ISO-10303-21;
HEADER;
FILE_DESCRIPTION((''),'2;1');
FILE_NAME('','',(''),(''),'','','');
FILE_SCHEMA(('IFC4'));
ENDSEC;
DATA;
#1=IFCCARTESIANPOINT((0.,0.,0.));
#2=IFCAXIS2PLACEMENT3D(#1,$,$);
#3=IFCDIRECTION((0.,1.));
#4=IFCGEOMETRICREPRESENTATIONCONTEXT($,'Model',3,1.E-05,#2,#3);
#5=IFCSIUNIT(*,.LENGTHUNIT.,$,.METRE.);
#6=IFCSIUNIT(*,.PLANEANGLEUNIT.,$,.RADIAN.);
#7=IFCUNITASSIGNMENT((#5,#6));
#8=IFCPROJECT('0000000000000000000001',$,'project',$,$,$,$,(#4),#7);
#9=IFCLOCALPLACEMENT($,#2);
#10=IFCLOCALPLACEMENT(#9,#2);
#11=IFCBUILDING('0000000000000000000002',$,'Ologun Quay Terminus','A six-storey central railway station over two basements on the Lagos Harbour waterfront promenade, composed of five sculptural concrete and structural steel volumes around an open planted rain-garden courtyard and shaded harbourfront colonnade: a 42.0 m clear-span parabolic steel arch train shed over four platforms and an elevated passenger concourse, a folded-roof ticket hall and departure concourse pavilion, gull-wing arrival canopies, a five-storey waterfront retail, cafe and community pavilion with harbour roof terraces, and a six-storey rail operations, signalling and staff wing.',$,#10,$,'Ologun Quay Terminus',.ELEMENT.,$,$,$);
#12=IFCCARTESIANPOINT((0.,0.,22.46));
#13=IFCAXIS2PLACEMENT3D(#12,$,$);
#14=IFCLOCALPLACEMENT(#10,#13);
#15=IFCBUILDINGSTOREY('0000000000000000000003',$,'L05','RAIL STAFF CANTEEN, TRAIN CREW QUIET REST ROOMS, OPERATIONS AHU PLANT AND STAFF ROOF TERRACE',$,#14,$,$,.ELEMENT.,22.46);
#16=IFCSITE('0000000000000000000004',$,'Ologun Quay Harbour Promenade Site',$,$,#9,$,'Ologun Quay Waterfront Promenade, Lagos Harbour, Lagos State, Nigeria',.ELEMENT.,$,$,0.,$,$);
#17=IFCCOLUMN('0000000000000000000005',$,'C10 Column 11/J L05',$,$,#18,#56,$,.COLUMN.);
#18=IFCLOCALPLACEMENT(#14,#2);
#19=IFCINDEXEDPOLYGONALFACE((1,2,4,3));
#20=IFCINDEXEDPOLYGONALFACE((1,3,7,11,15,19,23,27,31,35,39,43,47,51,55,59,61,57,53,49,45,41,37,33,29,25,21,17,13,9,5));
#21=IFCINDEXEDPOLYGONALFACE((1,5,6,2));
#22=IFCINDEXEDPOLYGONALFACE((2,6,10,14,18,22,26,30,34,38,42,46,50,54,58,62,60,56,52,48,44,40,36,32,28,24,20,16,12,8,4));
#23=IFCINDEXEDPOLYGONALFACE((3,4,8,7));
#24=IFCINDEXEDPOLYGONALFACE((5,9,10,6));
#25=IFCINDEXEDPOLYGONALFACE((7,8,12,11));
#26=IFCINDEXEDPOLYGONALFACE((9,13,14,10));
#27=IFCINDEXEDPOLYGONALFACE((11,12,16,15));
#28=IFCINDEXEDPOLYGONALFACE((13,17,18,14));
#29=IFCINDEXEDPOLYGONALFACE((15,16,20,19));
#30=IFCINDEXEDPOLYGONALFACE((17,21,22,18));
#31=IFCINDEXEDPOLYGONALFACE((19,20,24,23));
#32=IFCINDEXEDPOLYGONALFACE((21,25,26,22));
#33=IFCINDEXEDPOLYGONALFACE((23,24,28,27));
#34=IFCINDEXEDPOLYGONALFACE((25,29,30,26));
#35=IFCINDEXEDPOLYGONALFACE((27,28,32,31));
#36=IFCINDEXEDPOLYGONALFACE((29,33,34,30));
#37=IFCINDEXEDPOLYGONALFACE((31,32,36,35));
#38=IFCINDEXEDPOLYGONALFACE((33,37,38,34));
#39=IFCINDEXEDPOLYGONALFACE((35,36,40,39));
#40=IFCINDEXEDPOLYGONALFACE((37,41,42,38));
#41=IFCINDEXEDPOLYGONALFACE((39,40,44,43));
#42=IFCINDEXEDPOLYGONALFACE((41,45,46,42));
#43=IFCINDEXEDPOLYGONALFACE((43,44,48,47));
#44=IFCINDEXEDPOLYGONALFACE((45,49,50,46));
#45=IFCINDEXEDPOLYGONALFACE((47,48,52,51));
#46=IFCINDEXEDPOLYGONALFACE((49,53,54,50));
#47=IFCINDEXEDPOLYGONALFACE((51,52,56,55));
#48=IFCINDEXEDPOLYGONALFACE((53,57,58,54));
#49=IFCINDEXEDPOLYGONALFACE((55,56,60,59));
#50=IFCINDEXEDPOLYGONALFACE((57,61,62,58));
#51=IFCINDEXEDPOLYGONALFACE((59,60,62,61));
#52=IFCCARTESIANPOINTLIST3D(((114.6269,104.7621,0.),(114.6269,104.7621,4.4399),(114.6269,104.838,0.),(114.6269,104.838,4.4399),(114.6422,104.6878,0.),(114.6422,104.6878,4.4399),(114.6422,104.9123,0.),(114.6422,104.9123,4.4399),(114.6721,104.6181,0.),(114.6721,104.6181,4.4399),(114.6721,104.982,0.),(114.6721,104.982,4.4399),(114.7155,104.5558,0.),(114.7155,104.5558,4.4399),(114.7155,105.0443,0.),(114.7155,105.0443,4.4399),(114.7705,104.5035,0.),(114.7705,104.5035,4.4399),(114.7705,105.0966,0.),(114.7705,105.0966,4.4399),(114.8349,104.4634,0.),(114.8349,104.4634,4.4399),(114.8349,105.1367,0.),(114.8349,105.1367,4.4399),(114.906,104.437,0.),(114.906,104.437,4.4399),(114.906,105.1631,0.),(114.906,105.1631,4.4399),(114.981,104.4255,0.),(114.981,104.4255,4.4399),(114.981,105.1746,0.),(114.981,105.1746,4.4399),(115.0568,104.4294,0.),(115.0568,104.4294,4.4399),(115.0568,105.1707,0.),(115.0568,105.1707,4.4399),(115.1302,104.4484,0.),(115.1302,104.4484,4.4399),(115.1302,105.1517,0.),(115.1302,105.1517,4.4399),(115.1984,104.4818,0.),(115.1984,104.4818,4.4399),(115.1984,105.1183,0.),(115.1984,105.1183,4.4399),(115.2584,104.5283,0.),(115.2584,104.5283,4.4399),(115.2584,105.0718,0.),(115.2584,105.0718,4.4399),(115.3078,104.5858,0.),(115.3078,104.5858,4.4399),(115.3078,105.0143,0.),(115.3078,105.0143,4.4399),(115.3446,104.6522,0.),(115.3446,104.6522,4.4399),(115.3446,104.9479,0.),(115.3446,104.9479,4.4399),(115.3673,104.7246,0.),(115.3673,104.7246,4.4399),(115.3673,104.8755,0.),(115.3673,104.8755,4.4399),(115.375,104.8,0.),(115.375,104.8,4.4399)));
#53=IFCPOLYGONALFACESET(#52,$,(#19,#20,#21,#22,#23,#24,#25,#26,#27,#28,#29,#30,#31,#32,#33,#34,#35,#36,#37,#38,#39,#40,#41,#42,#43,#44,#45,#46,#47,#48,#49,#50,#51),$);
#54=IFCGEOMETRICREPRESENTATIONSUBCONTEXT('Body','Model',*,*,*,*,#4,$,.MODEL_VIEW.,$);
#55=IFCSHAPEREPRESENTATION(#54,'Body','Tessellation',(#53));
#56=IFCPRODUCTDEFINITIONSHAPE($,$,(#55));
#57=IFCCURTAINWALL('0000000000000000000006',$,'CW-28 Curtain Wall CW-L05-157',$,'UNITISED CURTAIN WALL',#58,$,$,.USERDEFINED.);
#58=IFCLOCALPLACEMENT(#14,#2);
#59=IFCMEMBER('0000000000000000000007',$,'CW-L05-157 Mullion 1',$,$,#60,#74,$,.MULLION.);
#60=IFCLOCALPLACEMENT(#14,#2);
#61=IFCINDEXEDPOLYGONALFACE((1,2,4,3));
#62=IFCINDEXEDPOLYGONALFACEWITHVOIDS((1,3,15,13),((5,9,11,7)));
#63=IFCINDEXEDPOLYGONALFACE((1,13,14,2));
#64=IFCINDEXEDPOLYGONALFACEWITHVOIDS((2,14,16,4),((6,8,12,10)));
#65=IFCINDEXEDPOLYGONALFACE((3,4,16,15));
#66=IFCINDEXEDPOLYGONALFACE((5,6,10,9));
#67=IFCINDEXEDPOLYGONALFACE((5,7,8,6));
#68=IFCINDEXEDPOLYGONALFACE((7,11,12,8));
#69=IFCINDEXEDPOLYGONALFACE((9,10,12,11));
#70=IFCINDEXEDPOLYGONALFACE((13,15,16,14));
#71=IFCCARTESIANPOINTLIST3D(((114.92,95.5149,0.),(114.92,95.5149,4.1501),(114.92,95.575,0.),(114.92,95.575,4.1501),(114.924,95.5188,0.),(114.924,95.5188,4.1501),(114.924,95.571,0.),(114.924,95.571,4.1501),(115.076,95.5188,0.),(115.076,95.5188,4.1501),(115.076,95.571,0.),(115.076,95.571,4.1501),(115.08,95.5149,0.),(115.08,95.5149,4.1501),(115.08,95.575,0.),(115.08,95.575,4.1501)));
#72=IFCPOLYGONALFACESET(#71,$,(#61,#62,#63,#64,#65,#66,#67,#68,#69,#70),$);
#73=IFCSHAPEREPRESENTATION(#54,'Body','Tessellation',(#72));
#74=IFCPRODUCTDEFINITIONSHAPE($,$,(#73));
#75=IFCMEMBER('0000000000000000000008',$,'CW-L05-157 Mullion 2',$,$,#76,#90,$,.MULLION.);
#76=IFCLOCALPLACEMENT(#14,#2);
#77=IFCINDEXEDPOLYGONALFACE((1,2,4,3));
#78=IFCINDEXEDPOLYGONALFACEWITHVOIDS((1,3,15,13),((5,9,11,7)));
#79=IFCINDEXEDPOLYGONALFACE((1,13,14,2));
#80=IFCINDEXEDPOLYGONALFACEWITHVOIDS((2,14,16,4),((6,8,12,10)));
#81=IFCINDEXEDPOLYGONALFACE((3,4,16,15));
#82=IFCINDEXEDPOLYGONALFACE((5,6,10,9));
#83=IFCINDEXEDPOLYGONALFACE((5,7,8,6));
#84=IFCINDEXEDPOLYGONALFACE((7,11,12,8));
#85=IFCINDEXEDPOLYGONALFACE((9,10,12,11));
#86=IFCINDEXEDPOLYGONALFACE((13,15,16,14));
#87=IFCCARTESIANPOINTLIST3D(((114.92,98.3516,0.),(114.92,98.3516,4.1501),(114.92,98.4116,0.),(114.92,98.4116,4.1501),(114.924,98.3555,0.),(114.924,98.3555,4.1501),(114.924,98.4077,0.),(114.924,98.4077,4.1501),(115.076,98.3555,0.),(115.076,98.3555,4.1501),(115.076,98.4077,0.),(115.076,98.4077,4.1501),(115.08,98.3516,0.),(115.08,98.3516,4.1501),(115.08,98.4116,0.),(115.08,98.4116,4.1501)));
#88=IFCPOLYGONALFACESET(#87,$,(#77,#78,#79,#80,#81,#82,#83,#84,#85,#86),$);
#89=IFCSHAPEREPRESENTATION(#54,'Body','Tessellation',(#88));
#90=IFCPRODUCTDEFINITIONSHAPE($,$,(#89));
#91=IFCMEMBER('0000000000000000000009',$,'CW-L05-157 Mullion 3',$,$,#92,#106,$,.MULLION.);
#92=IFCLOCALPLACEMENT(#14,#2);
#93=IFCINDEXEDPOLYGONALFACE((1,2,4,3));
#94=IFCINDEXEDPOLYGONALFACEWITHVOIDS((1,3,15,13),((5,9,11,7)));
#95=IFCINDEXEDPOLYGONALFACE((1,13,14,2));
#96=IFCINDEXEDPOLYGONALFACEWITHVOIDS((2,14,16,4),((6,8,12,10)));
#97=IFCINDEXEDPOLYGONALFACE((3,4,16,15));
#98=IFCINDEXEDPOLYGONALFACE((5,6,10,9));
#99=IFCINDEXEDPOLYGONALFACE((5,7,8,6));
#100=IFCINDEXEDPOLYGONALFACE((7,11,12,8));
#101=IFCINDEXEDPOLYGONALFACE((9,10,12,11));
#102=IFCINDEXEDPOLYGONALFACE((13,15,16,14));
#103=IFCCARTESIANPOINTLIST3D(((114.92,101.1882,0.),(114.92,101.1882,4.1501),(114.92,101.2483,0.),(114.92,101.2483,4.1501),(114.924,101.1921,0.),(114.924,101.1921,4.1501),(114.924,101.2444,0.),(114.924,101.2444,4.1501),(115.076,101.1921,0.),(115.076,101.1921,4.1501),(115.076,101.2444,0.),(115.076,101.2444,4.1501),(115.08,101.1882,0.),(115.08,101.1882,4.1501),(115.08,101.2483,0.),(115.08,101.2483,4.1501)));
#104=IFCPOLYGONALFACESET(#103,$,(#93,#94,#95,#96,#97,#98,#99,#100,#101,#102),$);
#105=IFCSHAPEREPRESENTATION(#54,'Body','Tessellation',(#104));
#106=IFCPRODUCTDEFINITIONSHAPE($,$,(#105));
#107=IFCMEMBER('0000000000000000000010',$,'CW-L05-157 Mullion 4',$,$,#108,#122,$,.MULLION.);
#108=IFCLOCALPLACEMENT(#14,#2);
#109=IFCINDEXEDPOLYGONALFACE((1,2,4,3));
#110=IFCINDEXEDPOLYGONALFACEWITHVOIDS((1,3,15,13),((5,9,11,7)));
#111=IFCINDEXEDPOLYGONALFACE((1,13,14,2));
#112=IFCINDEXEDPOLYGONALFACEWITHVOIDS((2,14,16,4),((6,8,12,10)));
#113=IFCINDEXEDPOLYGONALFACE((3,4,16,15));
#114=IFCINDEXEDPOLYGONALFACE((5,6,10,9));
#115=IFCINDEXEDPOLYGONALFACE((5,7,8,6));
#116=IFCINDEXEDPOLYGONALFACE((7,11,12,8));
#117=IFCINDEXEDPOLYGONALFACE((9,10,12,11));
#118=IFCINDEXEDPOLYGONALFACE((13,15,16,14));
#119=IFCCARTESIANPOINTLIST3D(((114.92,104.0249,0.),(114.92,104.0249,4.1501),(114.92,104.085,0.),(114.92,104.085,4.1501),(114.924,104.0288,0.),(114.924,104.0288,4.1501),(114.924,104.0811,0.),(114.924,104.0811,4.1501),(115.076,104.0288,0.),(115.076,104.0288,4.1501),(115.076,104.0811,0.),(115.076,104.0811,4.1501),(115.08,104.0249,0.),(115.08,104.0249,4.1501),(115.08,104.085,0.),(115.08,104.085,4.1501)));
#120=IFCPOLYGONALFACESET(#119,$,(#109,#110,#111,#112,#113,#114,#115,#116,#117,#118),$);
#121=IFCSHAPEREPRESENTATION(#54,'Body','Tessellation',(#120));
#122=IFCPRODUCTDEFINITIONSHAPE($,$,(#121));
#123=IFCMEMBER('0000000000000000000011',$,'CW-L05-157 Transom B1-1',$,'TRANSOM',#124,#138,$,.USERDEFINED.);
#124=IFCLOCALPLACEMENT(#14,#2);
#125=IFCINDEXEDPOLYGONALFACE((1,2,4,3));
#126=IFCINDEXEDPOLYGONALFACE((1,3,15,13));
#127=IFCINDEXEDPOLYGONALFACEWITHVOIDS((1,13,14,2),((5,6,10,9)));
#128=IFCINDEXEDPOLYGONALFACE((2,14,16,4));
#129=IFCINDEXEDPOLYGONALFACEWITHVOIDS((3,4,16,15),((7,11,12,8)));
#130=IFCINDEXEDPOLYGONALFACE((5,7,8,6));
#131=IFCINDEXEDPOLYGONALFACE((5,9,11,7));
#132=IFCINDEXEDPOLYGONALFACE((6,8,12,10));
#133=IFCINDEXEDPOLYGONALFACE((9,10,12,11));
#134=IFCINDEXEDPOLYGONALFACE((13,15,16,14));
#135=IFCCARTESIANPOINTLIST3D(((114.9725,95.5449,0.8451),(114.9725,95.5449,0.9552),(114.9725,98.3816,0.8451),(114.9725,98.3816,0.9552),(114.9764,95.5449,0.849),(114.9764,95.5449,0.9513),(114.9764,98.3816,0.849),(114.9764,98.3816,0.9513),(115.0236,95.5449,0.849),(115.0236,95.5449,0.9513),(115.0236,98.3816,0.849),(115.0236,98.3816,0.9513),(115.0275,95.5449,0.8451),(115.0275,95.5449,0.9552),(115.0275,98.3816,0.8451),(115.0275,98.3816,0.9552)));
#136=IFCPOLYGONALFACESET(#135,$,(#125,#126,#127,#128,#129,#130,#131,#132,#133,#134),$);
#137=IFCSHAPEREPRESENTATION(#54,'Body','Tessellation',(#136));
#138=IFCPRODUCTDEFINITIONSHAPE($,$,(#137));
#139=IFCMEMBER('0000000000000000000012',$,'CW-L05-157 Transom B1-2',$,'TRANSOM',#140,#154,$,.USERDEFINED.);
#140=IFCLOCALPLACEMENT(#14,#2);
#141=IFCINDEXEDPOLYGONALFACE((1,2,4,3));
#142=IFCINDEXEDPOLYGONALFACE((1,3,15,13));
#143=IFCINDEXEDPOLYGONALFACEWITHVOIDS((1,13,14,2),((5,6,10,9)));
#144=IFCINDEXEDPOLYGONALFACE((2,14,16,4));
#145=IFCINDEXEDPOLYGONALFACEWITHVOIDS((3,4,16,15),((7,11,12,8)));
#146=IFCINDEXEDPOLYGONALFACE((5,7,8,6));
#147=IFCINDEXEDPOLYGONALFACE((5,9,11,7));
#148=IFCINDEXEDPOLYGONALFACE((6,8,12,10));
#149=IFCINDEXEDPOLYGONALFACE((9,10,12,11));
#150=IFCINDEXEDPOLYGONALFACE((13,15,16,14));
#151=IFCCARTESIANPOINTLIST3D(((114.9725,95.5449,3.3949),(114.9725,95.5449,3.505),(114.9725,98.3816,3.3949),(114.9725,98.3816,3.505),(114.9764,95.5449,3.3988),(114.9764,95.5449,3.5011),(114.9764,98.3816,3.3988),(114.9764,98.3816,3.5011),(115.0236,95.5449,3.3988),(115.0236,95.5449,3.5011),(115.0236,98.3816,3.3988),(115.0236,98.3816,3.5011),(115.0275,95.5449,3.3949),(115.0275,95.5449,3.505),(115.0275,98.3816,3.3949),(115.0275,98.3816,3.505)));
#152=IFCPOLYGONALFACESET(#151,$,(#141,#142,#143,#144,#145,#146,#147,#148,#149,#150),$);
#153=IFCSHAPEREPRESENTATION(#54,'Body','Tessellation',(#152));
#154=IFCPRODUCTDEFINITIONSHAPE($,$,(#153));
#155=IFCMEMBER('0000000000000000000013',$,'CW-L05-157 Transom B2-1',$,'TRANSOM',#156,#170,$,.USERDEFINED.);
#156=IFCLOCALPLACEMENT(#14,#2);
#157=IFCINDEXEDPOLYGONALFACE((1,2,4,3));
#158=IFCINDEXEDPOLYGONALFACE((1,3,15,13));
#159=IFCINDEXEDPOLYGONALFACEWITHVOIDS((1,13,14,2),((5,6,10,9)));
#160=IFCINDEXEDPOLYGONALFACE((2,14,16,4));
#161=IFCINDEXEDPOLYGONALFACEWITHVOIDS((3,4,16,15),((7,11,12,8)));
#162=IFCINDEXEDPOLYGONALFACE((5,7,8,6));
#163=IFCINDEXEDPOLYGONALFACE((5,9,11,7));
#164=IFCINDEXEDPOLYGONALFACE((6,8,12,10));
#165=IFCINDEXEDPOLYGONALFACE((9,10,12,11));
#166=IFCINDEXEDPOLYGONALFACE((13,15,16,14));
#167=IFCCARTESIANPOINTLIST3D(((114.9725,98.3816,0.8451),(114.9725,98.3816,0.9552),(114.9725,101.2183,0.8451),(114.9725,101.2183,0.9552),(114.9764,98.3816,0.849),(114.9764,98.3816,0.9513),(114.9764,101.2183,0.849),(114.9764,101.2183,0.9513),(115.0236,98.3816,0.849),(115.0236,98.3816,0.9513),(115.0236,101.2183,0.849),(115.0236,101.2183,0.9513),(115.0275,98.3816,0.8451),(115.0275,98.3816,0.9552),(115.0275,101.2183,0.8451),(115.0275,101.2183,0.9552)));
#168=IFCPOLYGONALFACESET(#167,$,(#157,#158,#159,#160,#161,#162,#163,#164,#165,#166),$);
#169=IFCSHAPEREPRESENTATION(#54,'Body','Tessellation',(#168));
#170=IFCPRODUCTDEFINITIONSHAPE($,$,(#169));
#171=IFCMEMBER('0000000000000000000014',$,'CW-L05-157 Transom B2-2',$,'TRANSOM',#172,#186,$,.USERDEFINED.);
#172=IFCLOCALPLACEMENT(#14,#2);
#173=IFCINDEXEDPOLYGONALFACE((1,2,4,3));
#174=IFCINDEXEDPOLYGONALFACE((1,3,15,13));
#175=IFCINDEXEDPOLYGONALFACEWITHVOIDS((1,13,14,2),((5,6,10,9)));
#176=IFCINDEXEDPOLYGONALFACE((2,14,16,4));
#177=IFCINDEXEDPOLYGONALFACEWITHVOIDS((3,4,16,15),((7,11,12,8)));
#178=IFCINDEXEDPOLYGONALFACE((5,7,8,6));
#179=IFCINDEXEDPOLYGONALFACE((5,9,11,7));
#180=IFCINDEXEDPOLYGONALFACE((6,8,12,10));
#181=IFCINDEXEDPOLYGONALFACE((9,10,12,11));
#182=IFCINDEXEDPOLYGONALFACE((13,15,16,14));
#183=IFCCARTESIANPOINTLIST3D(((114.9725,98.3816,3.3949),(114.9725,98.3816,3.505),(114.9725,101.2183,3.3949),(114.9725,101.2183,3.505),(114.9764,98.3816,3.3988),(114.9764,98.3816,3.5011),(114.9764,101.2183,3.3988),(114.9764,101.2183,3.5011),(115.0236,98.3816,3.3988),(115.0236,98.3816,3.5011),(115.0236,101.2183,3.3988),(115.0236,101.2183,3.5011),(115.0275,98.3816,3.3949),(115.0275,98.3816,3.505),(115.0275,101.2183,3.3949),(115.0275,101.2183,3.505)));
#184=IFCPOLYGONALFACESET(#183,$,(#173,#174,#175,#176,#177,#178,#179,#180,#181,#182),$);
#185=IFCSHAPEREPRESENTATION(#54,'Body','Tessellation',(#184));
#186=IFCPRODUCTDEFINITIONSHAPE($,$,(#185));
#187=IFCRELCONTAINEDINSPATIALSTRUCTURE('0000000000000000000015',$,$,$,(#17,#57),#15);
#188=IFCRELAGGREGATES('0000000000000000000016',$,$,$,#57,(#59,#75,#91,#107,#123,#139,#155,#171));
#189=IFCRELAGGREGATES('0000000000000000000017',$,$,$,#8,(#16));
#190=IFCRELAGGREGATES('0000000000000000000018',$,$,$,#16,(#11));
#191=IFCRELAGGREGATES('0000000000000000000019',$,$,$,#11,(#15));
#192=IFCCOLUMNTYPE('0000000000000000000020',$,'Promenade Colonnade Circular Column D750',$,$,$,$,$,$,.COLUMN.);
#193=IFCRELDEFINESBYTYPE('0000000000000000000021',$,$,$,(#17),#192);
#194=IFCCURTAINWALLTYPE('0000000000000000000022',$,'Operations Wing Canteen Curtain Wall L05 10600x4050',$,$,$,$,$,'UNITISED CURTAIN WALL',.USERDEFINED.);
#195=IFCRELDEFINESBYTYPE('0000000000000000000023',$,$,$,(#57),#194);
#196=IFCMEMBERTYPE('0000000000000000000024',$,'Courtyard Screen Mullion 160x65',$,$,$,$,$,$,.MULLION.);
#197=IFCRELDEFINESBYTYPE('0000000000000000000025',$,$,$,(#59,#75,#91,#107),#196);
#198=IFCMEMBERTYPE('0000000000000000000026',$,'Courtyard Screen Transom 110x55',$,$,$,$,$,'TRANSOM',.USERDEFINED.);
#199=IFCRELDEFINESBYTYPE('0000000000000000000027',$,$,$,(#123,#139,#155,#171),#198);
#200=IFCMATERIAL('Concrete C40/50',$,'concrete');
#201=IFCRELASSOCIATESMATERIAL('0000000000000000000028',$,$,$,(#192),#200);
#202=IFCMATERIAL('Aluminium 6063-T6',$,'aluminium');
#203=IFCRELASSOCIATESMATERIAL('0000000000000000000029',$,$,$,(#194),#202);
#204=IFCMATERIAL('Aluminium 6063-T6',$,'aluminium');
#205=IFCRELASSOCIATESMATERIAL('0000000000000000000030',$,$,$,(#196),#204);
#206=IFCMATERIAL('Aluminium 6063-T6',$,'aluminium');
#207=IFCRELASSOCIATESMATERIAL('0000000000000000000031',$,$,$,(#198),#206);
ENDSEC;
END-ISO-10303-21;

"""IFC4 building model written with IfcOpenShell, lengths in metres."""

from ifc_helpers import new_model, si_unit, direction, frame, origin, origin_2d, place, context, subcontext, project, spatial, hollow_rectangle, circle, extrude, material, material_profile, profile_set, type_object, element, aggregate, save


model = new_model("IFC4")

# Units and contexts
model_context = context("Model", 3, precision=1e-05, world=origin(), true_north=direction((0.0, 1.0)))
body_context = subcontext(model_context, "Body", "Model", "MODEL_VIEW")
ifc_project = project(units=[si_unit("LENGTHUNIT", "METRE"), si_unit("PLANEANGLEUNIT", "RADIAN")], contexts=[model_context])

# Site, building, storey
site_placement = place(None, origin())
site = spatial("IfcSite", under=ifc_project, at=site_placement, Name="Ologun Quay Harbour Promenade Site", LongName="Ologun Quay Waterfront Promenade, Lagos Harbour, Lagos State, Nigeria", CompositionType="ELEMENT", RefElevation=0.0)
building_placement = place(site_placement, origin())
building = spatial("IfcBuilding", under=site, at=building_placement, Name="Ologun Quay Terminus", Description="A six-storey central railway station over two basements on the Lagos Harbour waterfront promenade, composed of five sculptural concrete and structural steel volumes around an open planted rain-garden courtyard and shaded harbourfront colonnade: a 42.0 m clear-span parabolic steel arch train shed over four platforms and an elevated passenger concourse, a folded-roof ticket hall and departure concourse pavilion, gull-wing arrival canopies, a five-storey waterfront retail, cafe and community pavilion with harbour roof terraces, and a six-storey rail operations, signalling and staff wing.", LongName="Ologun Quay Terminus", CompositionType="ELEMENT")
storey_placement = place(building_placement, frame((0.0, 0.0, 22.46)))
storey = spatial("IfcBuildingStorey", under=building, at=storey_placement, Name="L05", Description="RAIL STAFF CANTEEN, TRAIN CREW QUIET REST ROOMS, OPERATIONS AHU PLANT AND STAFF ROOF TERRACE", CompositionType="ELEMENT", Elevation=22.46)

# Column
ifc_material_1 = material(Name="Concrete C40/50", Category="concrete")
ifc_material_profile_1 = material_profile(ifc_material_1, circle(Radius=0.375, at=origin_2d()), Name="RC D750")
ifc_profile_set_1 = profile_set([ifc_material_profile_1], Name="Concrete C40/50")
column_type = type_object("IfcColumnType", Name="Promenade Colonnade Circular Column D750", PredefinedType="COLUMN", material=ifc_profile_set_1)
column_placement = place(storey_placement, frame((115.0, 104.8, 0.0), z_axis=(0.0, 0.0, 1.0), x_axis=(1.0, 0.0, 0.0)))
element("IfcColumn", 1, at=column_placement, inside=storey, type_object=column_type, Name="C10 Column 11/J L05", PredefinedType="COLUMN", context=body_context, shape_type="SweptSolid", body=[
    extrude(circle(Radius=0.375, at=origin_2d()), origin(), (0.0, 0.0, 1.0), 4.4399),
])

# Curtain wall, members
ifc_material_2 = material(Name="Aluminium 6063-T6", Category="aluminium")
curtain_wall_type = type_object("IfcCurtainWallType", Name="Operations Wing Canteen Curtain Wall L05 10600x4050", ElementType="UNITISED CURTAIN WALL", PredefinedType="USERDEFINED", material=ifc_material_2)
curtain_wall_placement = place(storey_placement, origin())
curtain_wall = element("IfcCurtainWall", 2, at=curtain_wall_placement, inside=storey, type_object=curtain_wall_type, Name="CW-28 Curtain Wall CW-L05-157", ObjectType="UNITISED CURTAIN WALL", PredefinedType="USERDEFINED")
ifc_material_3 = material(Name="Aluminium 6063-T6", Category="aluminium")
ifc_material_profile_2 = material_profile(ifc_material_3, hollow_rectangle(XDim=0.0601, YDim=0.1599, WallThickness=0.0039, at=origin_2d()), Name="ALU 160x60x4")
ifc_profile_set_2 = profile_set([ifc_material_profile_2], Name="Aluminium 6063-T6")
member_type_1 = type_object("IfcMemberType", Name="Courtyard Screen Mullion 160x65", PredefinedType="MULLION", material=ifc_profile_set_2)
member_1_placement = place(storey_placement, frame((115.0, 95.5449, 0.0), z_axis=(0.0, 0.0, 1.0), x_axis=(0.0, 1.0, 0.0)))
member_1 = element("IfcMember", 3, at=member_1_placement, type_object=member_type_1, Name="CW-L05-157 Mullion 1", PredefinedType="MULLION", context=body_context, shape_type="SweptSolid", body=[
    extrude(hollow_rectangle(XDim=0.0601, YDim=0.1599, WallThickness=0.0039, at=origin_2d()), origin(), (0.0, 0.0, 1.0), 4.1501),
])
member_2_placement = place(storey_placement, frame((115.0, 98.3816, 0.0), z_axis=(0.0, 0.0, 1.0), x_axis=(0.0, 1.0, 0.0)))
member_2 = element("IfcMember", 4, at=member_2_placement, type_object=member_type_1, Name="CW-L05-157 Mullion 2", PredefinedType="MULLION", context=body_context, shape_type="SweptSolid", body=[
    extrude(hollow_rectangle(XDim=0.0601, YDim=0.1599, WallThickness=0.0039, at=origin_2d()), origin(), (0.0, 0.0, 1.0), 4.1501),
])
member_3_placement = place(storey_placement, frame((115.0, 101.2183, 0.0), z_axis=(0.0, 0.0, 1.0), x_axis=(0.0, 1.0, 0.0)))
member_3 = element("IfcMember", 5, at=member_3_placement, type_object=member_type_1, Name="CW-L05-157 Mullion 3", PredefinedType="MULLION", context=body_context, shape_type="SweptSolid", body=[
    extrude(hollow_rectangle(XDim=0.0601, YDim=0.1599, WallThickness=0.0039, at=origin_2d()), origin(), (0.0, 0.0, 1.0), 4.1501),
])
member_4_placement = place(storey_placement, frame((115.0, 104.0549, 0.0), z_axis=(0.0, 0.0, 1.0), x_axis=(0.0, 1.0, 0.0)))
member_4 = element("IfcMember", 6, at=member_4_placement, type_object=member_type_1, Name="CW-L05-157 Mullion 4", PredefinedType="MULLION", context=body_context, shape_type="SweptSolid", body=[
    extrude(hollow_rectangle(XDim=0.0601, YDim=0.1599, WallThickness=0.0039, at=origin_2d()), origin(), (0.0, 0.0, 1.0), 4.1501),
])
ifc_material_4 = material(Name="Aluminium 6063-T6", Category="aluminium")
ifc_material_profile_3 = material_profile(ifc_material_4, hollow_rectangle(XDim=0.0549, YDim=0.1101, WallThickness=0.0039, at=origin_2d()), Name="ALU 110x55x4")
ifc_profile_set_3 = profile_set([ifc_material_profile_3], Name="Aluminium 6063-T6")
member_type_2 = type_object("IfcMemberType", Name="Courtyard Screen Transom 110x55", ElementType="TRANSOM", PredefinedType="USERDEFINED", material=ifc_profile_set_3)
member_5_placement = place(storey_placement, frame((115.0, 95.5449, 0.9001), z_axis=(0.0, 1.0, 0.0), x_axis=(-1.0, 0.0, 0.0)))
member_5 = element("IfcMember", 7, at=member_5_placement, type_object=member_type_2, Name="CW-L05-157 Transom B1-1", ObjectType="TRANSOM", PredefinedType="USERDEFINED", context=body_context, shape_type="SweptSolid", body=[
    extrude(hollow_rectangle(XDim=0.0549, YDim=0.1101, WallThickness=0.0039, at=origin_2d()), origin(), (0.0, 0.0, 1.0), 2.8367),
])
member_6_placement = place(storey_placement, frame((115.0, 95.5449, 3.45), z_axis=(0.0, 1.0, 0.0), x_axis=(-1.0, 0.0, 0.0)))
member_6 = element("IfcMember", 8, at=member_6_placement, type_object=member_type_2, Name="CW-L05-157 Transom B1-2", ObjectType="TRANSOM", PredefinedType="USERDEFINED", context=body_context, shape_type="SweptSolid", body=[
    extrude(hollow_rectangle(XDim=0.0549, YDim=0.1101, WallThickness=0.0039, at=origin_2d()), origin(), (0.0, 0.0, 1.0), 2.8367),
])
member_7_placement = place(storey_placement, frame((115.0, 98.3816, 0.9001), z_axis=(0.0, 1.0, 0.0), x_axis=(-1.0, 0.0, 0.0)))
member_7 = element("IfcMember", 9, at=member_7_placement, type_object=member_type_2, Name="CW-L05-157 Transom B2-1", ObjectType="TRANSOM", PredefinedType="USERDEFINED", context=body_context, shape_type="SweptSolid", body=[
    extrude(hollow_rectangle(XDim=0.0549, YDim=0.1101, WallThickness=0.0039, at=origin_2d()), origin(), (0.0, 0.0, 1.0), 2.8367),
])
member_8_placement = place(storey_placement, frame((115.0, 98.3816, 3.45), z_axis=(0.0, 1.0, 0.0), x_axis=(-1.0, 0.0, 0.0)))
member_8 = element("IfcMember", 10, at=member_8_placement, type_object=member_type_2, Name="CW-L05-157 Transom B2-2", ObjectType="TRANSOM", PredefinedType="USERDEFINED", context=body_context, shape_type="SweptSolid", body=[
    extrude(hollow_rectangle(XDim=0.0549, YDim=0.1101, WallThickness=0.0039, at=origin_2d()), origin(), (0.0, 0.0, 1.0), 2.8367),
])

aggregate(curtain_wall, [member_1, member_2, member_3, member_4, member_5, member_6, member_7, member_8])

save(model, "model.ifc")
